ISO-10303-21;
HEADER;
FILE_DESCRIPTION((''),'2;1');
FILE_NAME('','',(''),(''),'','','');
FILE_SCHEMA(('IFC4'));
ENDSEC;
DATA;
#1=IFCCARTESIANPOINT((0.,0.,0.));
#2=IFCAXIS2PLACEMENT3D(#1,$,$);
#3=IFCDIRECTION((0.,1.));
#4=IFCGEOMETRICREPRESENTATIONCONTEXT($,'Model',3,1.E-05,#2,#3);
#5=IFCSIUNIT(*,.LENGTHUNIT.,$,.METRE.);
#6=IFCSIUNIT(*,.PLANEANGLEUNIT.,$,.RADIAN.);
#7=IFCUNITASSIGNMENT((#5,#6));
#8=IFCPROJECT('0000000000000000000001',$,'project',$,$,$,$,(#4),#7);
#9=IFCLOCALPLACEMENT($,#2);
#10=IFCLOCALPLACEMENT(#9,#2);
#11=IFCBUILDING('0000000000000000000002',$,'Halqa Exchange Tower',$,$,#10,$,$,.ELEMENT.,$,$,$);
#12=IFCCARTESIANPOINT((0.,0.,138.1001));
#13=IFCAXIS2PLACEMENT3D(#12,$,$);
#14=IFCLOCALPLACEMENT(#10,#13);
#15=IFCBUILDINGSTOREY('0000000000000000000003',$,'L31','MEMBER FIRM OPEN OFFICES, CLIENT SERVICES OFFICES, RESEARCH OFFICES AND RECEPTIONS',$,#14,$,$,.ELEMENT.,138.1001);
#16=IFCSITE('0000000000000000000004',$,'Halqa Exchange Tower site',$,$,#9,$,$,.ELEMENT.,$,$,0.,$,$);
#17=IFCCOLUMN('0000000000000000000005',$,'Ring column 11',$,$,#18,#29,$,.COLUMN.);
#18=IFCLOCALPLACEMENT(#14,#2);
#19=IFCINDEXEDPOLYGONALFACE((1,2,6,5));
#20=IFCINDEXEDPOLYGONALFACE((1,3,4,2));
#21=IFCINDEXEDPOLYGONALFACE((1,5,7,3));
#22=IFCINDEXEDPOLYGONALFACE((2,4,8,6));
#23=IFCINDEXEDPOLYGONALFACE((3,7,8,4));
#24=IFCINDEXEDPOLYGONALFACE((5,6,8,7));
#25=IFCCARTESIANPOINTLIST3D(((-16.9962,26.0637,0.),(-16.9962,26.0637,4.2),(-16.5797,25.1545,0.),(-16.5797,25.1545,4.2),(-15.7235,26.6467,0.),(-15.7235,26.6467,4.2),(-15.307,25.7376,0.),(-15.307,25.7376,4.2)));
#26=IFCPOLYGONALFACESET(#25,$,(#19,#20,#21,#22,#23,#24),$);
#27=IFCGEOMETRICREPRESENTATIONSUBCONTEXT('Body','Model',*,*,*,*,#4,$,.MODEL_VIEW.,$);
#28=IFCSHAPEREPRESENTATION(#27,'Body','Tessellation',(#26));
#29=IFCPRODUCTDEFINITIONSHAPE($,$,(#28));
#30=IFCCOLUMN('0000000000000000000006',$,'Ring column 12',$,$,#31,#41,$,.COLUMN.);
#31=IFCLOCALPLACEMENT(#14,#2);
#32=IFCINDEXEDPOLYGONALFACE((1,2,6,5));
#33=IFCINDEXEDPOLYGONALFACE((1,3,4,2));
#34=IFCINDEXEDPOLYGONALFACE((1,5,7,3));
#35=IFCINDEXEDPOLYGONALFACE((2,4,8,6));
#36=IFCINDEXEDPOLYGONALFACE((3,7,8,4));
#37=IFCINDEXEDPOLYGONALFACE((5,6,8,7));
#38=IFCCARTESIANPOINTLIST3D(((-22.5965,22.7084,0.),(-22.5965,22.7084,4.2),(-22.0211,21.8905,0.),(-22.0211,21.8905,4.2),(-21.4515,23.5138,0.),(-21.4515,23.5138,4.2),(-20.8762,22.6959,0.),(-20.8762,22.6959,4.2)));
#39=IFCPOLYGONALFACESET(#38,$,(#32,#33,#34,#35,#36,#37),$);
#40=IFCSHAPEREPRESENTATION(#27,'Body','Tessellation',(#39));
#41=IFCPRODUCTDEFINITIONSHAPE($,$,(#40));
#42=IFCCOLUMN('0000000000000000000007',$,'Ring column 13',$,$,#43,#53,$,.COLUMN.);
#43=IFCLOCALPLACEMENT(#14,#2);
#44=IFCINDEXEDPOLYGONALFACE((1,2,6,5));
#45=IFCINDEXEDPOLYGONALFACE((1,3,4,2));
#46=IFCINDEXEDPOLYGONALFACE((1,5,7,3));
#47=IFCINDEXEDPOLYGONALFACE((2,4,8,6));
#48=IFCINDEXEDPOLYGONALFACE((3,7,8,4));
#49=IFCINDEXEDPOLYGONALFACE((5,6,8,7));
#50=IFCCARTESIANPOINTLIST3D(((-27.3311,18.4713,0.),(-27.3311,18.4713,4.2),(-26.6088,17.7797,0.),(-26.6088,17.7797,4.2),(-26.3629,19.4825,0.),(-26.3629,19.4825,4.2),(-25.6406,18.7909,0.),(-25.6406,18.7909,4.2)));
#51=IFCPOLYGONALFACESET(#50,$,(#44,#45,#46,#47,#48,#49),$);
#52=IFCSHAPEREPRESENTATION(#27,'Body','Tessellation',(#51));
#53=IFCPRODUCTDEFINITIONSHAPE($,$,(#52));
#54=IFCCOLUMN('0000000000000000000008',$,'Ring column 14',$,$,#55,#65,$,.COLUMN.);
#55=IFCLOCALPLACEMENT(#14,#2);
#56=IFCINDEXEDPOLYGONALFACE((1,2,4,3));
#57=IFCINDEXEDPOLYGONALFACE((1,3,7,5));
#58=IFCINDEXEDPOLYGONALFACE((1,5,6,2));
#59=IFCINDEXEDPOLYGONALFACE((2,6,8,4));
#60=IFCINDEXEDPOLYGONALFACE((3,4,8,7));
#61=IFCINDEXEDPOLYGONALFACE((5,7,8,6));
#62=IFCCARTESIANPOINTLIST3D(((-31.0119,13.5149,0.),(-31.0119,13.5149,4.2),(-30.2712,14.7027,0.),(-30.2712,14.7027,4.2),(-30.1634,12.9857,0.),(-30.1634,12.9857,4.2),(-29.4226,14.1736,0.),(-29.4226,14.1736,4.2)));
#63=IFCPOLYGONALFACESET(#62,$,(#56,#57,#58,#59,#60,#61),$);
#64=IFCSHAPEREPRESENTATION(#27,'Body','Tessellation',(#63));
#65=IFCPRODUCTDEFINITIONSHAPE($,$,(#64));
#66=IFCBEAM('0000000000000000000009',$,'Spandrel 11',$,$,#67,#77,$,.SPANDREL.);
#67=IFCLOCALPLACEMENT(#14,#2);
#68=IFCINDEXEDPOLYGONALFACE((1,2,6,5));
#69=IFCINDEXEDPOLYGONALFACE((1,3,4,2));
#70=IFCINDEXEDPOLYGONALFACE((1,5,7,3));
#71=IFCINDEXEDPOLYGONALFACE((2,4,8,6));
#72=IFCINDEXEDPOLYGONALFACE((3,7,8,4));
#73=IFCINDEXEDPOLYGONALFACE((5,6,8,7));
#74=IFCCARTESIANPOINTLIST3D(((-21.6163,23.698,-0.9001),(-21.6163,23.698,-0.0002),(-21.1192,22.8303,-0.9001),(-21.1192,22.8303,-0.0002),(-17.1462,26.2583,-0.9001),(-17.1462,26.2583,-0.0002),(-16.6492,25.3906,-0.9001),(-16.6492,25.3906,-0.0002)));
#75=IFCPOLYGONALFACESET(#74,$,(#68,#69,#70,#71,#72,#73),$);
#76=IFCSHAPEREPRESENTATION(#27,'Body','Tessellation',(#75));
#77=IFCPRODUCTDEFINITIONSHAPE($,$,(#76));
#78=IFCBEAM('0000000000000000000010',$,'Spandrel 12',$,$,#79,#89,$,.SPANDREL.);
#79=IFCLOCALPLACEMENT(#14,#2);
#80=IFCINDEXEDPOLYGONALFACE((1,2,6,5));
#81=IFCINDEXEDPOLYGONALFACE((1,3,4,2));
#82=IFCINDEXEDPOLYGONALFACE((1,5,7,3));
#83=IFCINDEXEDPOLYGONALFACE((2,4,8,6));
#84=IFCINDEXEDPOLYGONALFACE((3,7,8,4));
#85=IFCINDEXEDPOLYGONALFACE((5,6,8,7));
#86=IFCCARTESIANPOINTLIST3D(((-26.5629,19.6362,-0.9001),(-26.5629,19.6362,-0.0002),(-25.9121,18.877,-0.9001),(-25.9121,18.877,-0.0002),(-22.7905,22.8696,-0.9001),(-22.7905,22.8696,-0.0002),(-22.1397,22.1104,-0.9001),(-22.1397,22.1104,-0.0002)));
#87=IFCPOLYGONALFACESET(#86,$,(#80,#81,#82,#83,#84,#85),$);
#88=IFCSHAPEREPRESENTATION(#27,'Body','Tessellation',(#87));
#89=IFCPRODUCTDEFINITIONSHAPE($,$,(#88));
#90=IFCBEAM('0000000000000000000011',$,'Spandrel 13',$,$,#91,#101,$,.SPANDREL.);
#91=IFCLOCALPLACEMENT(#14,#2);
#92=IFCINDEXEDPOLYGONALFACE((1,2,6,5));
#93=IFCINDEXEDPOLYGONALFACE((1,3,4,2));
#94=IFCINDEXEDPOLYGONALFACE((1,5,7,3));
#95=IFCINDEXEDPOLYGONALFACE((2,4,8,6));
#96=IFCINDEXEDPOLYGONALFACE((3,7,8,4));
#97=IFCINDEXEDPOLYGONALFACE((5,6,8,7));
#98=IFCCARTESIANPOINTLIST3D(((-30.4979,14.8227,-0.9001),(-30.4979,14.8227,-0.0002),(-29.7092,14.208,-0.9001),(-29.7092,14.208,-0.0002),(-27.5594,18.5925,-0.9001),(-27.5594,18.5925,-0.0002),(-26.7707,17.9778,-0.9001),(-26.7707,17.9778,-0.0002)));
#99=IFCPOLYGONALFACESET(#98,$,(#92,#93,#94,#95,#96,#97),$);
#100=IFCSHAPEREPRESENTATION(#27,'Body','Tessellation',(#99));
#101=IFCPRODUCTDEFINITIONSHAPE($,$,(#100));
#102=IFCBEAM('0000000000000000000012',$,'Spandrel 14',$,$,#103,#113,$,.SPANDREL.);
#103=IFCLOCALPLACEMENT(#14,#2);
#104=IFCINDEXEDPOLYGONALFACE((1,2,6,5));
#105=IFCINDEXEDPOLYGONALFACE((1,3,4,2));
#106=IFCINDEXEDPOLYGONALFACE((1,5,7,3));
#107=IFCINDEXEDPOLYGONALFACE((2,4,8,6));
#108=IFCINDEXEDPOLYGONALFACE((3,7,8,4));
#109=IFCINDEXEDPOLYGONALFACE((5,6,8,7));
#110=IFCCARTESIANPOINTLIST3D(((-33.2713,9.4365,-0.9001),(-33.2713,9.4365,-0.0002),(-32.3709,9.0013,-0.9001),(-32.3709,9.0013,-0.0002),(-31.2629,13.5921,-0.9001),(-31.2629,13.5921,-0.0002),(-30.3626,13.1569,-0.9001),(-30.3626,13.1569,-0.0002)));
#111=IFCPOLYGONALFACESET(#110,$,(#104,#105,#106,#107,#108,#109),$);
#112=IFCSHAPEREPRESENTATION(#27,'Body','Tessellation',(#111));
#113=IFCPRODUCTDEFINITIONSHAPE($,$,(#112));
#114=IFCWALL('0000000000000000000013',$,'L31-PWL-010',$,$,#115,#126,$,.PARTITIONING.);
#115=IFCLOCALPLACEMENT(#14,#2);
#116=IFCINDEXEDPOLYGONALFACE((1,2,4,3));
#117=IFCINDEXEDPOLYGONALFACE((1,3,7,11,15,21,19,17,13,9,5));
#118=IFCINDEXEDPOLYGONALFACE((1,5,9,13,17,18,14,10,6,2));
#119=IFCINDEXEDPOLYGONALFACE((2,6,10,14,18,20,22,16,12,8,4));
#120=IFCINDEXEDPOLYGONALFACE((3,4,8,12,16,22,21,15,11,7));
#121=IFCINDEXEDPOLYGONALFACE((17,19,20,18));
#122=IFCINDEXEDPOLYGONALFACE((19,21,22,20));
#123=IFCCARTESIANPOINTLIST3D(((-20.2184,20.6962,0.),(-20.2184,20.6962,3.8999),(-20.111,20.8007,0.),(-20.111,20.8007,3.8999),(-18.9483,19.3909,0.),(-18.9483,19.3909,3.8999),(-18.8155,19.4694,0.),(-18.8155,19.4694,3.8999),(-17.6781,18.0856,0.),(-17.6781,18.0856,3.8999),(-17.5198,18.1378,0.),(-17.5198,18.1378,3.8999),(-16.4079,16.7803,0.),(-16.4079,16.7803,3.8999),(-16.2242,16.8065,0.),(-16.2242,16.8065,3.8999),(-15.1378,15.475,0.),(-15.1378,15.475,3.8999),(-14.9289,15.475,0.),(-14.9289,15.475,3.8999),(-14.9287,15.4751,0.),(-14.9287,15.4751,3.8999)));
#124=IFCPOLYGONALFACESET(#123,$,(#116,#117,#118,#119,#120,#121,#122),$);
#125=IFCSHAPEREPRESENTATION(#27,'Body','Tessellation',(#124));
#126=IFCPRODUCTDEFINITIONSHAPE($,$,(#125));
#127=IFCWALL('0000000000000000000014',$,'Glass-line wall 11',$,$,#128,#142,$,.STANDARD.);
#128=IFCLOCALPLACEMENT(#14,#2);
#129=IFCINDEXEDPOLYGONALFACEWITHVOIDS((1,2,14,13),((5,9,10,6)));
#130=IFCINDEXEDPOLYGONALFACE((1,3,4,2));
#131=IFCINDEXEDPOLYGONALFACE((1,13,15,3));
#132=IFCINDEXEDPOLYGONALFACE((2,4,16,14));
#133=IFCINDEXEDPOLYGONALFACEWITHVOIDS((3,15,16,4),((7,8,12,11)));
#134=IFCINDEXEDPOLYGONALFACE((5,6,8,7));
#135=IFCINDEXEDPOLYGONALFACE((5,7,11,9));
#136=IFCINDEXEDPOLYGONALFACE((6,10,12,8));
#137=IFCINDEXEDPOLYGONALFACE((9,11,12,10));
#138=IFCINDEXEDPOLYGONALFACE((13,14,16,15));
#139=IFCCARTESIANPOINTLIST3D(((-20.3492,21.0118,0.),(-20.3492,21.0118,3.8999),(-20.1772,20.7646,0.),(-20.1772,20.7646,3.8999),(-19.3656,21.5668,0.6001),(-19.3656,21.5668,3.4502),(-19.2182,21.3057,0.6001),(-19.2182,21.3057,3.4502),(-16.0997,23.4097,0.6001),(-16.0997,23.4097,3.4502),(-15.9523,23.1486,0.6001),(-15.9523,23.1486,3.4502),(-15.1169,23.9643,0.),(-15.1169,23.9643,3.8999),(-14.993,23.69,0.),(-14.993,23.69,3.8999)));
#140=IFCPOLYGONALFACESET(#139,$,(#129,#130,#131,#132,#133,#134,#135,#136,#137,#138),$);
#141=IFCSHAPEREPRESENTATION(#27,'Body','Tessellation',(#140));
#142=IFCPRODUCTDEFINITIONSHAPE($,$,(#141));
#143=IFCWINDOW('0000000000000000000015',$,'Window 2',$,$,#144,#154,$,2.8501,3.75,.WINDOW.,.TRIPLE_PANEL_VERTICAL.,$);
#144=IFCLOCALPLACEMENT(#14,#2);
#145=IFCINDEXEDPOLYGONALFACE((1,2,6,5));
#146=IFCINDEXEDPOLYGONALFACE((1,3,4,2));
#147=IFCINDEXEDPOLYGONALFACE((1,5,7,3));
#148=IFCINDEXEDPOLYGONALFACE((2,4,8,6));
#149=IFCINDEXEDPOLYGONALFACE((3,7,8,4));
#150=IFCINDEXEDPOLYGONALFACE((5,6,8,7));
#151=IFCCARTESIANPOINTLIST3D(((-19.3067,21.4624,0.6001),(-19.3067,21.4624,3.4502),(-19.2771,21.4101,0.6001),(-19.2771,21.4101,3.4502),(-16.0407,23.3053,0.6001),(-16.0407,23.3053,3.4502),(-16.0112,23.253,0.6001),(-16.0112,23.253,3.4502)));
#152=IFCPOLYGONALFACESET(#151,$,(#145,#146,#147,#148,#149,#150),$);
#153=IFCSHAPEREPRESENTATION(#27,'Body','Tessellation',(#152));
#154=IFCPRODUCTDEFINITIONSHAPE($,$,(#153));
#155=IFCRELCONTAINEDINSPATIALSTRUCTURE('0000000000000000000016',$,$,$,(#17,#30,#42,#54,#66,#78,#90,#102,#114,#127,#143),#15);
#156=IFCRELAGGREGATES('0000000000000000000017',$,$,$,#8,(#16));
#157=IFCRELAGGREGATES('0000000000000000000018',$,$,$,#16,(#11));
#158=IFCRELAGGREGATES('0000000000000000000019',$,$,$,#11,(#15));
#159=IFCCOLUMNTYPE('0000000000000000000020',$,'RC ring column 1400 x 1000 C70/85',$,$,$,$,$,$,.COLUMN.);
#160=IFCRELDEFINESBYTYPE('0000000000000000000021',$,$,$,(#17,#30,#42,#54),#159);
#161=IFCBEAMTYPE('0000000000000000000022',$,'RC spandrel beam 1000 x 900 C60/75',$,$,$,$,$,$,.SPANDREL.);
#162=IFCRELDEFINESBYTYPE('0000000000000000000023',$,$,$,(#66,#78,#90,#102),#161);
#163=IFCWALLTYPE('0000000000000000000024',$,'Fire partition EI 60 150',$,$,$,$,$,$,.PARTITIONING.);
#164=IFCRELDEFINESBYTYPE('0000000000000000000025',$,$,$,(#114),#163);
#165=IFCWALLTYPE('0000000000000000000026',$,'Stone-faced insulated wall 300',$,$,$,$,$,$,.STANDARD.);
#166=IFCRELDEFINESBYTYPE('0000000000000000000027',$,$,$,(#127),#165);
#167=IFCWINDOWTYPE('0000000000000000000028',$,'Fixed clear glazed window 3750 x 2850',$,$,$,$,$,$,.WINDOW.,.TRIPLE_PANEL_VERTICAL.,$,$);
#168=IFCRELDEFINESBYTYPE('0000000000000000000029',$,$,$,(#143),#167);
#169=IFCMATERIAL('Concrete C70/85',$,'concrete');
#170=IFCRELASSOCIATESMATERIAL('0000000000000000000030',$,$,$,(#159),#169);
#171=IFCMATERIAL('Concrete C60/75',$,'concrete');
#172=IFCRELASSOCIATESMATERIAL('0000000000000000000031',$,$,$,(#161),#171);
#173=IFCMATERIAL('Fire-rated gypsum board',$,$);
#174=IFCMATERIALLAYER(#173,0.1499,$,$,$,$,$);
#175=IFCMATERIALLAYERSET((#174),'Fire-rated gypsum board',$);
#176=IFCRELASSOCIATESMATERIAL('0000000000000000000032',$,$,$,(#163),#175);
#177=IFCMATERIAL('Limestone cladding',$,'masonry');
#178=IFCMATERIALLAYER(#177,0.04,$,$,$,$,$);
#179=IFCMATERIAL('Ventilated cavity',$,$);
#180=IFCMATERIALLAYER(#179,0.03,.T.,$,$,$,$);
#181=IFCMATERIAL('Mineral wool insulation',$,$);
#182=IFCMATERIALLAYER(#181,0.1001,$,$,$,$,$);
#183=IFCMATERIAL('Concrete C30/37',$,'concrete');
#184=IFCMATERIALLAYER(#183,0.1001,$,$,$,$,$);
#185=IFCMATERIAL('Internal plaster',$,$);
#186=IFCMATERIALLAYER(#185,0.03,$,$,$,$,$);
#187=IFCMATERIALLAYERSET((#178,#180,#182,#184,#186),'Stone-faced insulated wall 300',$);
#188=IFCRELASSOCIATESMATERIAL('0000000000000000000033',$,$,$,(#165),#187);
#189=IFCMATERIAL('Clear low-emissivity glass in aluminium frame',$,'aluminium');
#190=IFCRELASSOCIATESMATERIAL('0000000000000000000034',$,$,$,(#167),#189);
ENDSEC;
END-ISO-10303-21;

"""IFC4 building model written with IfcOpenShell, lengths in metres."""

from ifc_helpers import new_model, si_unit, direction, frame, frame_2d, origin, origin_2d, place, context, subcontext, project, spatial, polyline, rectangle, outline, extrude, material, layer, layer_set, material_profile, profile_set, type_object, element, fill, save


model = new_model("IFC4")

# Units and contexts
model_context = context("Model", 3, precision=1e-05, world=origin(), true_north=direction((0.0, 1.0)))
body_context = subcontext(model_context, "Body", "Model", "MODEL_VIEW")
ifc_project = project(units=[si_unit("LENGTHUNIT", "METRE"), si_unit("PLANEANGLEUNIT", "RADIAN")], contexts=[model_context])

# Site, building, storey
site_placement = place(None, origin())
site = spatial("IfcSite", under=ifc_project, at=site_placement, Name="Halqa Exchange Tower site", CompositionType="ELEMENT", RefElevation=0.0)
building_placement = place(site_placement, origin())
building = spatial("IfcBuilding", under=site, at=building_placement, Name="Halqa Exchange Tower", CompositionType="ELEMENT")
storey_placement = place(building_placement, frame((0.0, 0.0, 138.1001)))
storey = spatial("IfcBuildingStorey", under=building, at=storey_placement, Name="L31", Description="MEMBER FIRM OPEN OFFICES, CLIENT SERVICES OFFICES, RESEARCH OFFICES AND RECEPTIONS", CompositionType="ELEMENT", Elevation=138.1001)

# Columns
ifc_material_1 = material(Name="Concrete C70/85", Category="concrete")
ifc_material_profile_1 = material_profile(ifc_material_1, rectangle(XDim=1.3999, YDim=1.0, at=origin_2d()), Name="1400 x 1000")
ifc_profile_set_1 = profile_set([ifc_material_profile_1], Name="Concrete C70/85")
column_type = type_object("IfcColumnType", Name="RC ring column 1400 x 1000 C70/85", PredefinedType="COLUMN", material=ifc_profile_set_1)
for number, where, z_axis, x_axis, name in (
    (1, (-16.1516, 25.9006, 0.0), (0.0, 0.0, 1.0), (-0.909127, -0.416519, 0.0), "Ring column 11"),
    (2, (-21.7363, 22.7021, 0.0), (0.0, 0.0, 1.0), (-0.817908, -0.575349, 0.0), "Ring column 12"),
    (3, (-26.4858, 18.6311, 0.0), (0.0, 0.0, 1.0), (-0.691574, -0.722306, 0.0), "Ring column 13"),
    (4, (-30.2173, 13.8442, 0.0), (0.0, 0.0, 1.0), (-0.529138, -0.848536, 0.0), "Ring column 14"),
):
    element("IfcColumn", number, at=place(storey_placement, frame(where, z_axis=z_axis, x_axis=x_axis)), inside=storey, type_object=column_type, Name=name, PredefinedType="COLUMN", context=body_context, shape_type="SweptSolid", body=[
        extrude(rectangle(XDim=1.3999, YDim=1.0, at=origin_2d()), origin(), (0.0, 0.0, 1.0), 4.2),
    ])

# Beams
ifc_material_2 = material(Name="Concrete C60/75", Category="concrete")
ifc_material_profile_2 = material_profile(ifc_material_2, rectangle(XDim=1.0, YDim=0.8999, at=origin_2d()), Name="1000 x 900")
ifc_profile_set_2 = profile_set([ifc_material_profile_2], Name="Concrete C60/75")
beam_type = type_object("IfcBeamType", Name="RC spandrel beam 1000 x 900 C60/75", PredefinedType="SPANDREL", material=ifc_profile_set_2)
beam_1_placement = place(storey_placement, frame((-16.8977, 25.8245, -0.4502), z_axis=(-0.867738, -0.497022, 0.0), x_axis=(0.497022, -0.867738, 0.0)))
element("IfcBeam", 5, at=beam_1_placement, inside=storey, type_object=beam_type, Name="Spandrel 11", PredefinedType="SPANDREL", context=body_context, shape_type="SweptSolid", body=[
    extrude(rectangle(XDim=1.0, YDim=0.8999, at=origin_2d()), origin(), (0.0, 0.0, 1.0), 5.1514),
])
beam_2_placement = place(storey_placement, frame((-22.4651, 22.49, -0.4502), z_axis=(-0.75927, -0.650775, 0.0), x_axis=(0.650775, -0.75927, 0.0)))
element("IfcBeam", 6, at=beam_2_placement, inside=storey, type_object=beam_type, Name="Spandrel 12", PredefinedType="SPANDREL", context=body_context, shape_type="SweptSolid", body=[
    extrude(rectangle(XDim=1.0, YDim=0.8999, at=origin_2d()), origin(), (0.0, 0.0, 1.0), 4.9685),
])
beam_3_placement = place(storey_placement, frame((-27.165, 18.2852, -0.4502), z_axis=(-0.614778, -0.7887, 0.0), x_axis=(0.7887, -0.614778, 0.0)))
element("IfcBeam", 7, at=beam_3_placement, inside=storey, type_object=beam_type, Name="Spandrel 13", PredefinedType="SPANDREL", context=body_context, shape_type="SweptSolid", body=[
    extrude(rectangle(XDim=1.0, YDim=0.8999, at=origin_2d()), origin(), (0.0, 0.0, 1.0), 4.7798),
])
beam_4_placement = place(storey_placement, frame((-30.8127, 13.3745, -0.4502), z_axis=(-0.435134, -0.900366, 0.0), x_axis=(0.900366, -0.435134, 0.0)))
element("IfcBeam", 8, at=beam_4_placement, inside=storey, type_object=beam_type, Name="Spandrel 14", PredefinedType="SPANDREL", context=body_context, shape_type="SweptSolid", body=[
    extrude(rectangle(XDim=1.0, YDim=0.8999, at=origin_2d()), origin(), (0.0, 0.0, 1.0), 4.6155),
])

# Shared definitions
ifc_material_3 = material(Name="Fire-rated gypsum board")
ifc_layer_1 = layer(ifc_material_3, 0.1499)
ifc_layer_set_1 = layer_set([ifc_layer_1], Name="Fire-rated gypsum board")
wall_type_1 = type_object("IfcWallType", Name="Fire partition EI 60 150", PredefinedType="PARTITIONING", material=ifc_layer_set_1)

# Wall
wall_1_placement = place(storey_placement, frame((-14.9824, 15.4229, 0.0), z_axis=(0.0, 0.0, 1.0), x_axis=(-0.697398, 0.716684, 0.0)))
element("IfcWall", 9, at=wall_1_placement, inside=storey, type_object=wall_type_1, Name="L31-PWL-010", PredefinedType="PARTITIONING", context=body_context, shape_type="SweptSolid", body=[
    extrude(outline(polyline([(7.4309, 0.075), (5.6096, 0.075), (3.7883, 0.075), (1.967, 0.075), (0.1458, 0.075), (0.0, -0.0747), (0.0, -0.075), (1.8577, -0.075), (3.7153, -0.075), (5.5732, -0.075), (7.4309, -0.075), (7.4309, 0.075)])), origin(), (0.0, 0.0, 1.0), 3.8999),
])

# Wall, opening, window
ifc_material_4 = material(Name="Limestone cladding", Category="masonry")
ifc_layer_2 = layer(ifc_material_4, 0.04)
ifc_material_5 = material(Name="Ventilated cavity")
ifc_layer_3 = layer(ifc_material_5, 0.03, ventilated=True)
ifc_material_6 = material(Name="Mineral wool insulation")
ifc_layer_4 = layer(ifc_material_6, 0.1001)
ifc_material_7 = material(Name="Concrete C30/37", Category="concrete")
ifc_layer_5 = layer(ifc_material_7, 0.1001)
ifc_material_8 = material(Name="Internal plaster")
ifc_layer_6 = layer(ifc_material_8, 0.03)
ifc_layer_set_2 = layer_set([ifc_layer_2, ifc_layer_3, ifc_layer_4, ifc_layer_5, ifc_layer_6], Name="Stone-faced insulated wall 300")
wall_type_2 = type_object("IfcWallType", Name="Stone-faced insulated wall 300", PredefinedType="STANDARD", material=ifc_layer_set_2)
wall_2_placement = place(storey_placement, frame((-15.0549, 23.8271, 0.0), z_axis=(0.0, 0.0, 1.0), x_axis=(-0.870909, -0.491445, 0.0)))
wall_2 = element("IfcWall", 10, at=wall_2_placement, inside=storey, type_object=wall_type_2, Name="Glass-line wall 11", PredefinedType="STANDARD", context=body_context, shape_type="SweptSolid", body=[
    extrude(outline(polyline([(-0.0134, -0.1499), (5.9944, -0.1499), (5.9661, 0.1499), (0.0134, 0.1499), (-0.0134, -0.1499)])), origin(), (0.0, 0.0, 1.0), 3.8999),
])
opening_1_placement = place(wall_2_placement, frame((1.115, 0.0, 0.6001)))
opening_1 = element("IfcOpeningElement", 11, at=opening_1_placement, cuts=wall_2, PredefinedType="OPENING", context=body_context, shape_type="SweptSolid", body=[
    extrude(rectangle(XDim=3.75, YDim=2.8501, at=frame_2d((1.875, 1.425))), frame((0.0, 0.1621, 0.0), z_axis=(0.0, -1.0, 0.0), x_axis=(1.0, 0.0, 0.0)), (0.0, 0.0, 1.0), 0.324),
])
ifc_material_9 = material(Name="Clear low-emissivity glass in aluminium frame", Category="aluminium")
window_type = type_object("IfcWindowType", Name="Fixed clear glazed window 3750 x 2850", PartitioningType="TRIPLE_PANEL_VERTICAL", PredefinedType="WINDOW", material=ifc_material_9)
window_1_placement = place(opening_1_placement, origin())
window_1 = element("IfcWindow", 12, at=window_1_placement, inside=storey, type_object=window_type, Name="Window 2", OverallHeight=2.8501, OverallWidth=3.75, PartitioningType="TRIPLE_PANEL_VERTICAL", PredefinedType="WINDOW", context=body_context, shape_type="SweptSolid", body=[
    extrude(rectangle(XDim=3.75, YDim=2.8501, at=frame_2d((1.875, 1.425))), frame((0.0, 0.03, 0.0), z_axis=(0.0, -1.0, 0.0), x_axis=(1.0, 0.0, 0.0)), (0.0, 0.0, 1.0), 0.0601),
])
fill(opening_1, window_1)

save(model, "model.ifc")
